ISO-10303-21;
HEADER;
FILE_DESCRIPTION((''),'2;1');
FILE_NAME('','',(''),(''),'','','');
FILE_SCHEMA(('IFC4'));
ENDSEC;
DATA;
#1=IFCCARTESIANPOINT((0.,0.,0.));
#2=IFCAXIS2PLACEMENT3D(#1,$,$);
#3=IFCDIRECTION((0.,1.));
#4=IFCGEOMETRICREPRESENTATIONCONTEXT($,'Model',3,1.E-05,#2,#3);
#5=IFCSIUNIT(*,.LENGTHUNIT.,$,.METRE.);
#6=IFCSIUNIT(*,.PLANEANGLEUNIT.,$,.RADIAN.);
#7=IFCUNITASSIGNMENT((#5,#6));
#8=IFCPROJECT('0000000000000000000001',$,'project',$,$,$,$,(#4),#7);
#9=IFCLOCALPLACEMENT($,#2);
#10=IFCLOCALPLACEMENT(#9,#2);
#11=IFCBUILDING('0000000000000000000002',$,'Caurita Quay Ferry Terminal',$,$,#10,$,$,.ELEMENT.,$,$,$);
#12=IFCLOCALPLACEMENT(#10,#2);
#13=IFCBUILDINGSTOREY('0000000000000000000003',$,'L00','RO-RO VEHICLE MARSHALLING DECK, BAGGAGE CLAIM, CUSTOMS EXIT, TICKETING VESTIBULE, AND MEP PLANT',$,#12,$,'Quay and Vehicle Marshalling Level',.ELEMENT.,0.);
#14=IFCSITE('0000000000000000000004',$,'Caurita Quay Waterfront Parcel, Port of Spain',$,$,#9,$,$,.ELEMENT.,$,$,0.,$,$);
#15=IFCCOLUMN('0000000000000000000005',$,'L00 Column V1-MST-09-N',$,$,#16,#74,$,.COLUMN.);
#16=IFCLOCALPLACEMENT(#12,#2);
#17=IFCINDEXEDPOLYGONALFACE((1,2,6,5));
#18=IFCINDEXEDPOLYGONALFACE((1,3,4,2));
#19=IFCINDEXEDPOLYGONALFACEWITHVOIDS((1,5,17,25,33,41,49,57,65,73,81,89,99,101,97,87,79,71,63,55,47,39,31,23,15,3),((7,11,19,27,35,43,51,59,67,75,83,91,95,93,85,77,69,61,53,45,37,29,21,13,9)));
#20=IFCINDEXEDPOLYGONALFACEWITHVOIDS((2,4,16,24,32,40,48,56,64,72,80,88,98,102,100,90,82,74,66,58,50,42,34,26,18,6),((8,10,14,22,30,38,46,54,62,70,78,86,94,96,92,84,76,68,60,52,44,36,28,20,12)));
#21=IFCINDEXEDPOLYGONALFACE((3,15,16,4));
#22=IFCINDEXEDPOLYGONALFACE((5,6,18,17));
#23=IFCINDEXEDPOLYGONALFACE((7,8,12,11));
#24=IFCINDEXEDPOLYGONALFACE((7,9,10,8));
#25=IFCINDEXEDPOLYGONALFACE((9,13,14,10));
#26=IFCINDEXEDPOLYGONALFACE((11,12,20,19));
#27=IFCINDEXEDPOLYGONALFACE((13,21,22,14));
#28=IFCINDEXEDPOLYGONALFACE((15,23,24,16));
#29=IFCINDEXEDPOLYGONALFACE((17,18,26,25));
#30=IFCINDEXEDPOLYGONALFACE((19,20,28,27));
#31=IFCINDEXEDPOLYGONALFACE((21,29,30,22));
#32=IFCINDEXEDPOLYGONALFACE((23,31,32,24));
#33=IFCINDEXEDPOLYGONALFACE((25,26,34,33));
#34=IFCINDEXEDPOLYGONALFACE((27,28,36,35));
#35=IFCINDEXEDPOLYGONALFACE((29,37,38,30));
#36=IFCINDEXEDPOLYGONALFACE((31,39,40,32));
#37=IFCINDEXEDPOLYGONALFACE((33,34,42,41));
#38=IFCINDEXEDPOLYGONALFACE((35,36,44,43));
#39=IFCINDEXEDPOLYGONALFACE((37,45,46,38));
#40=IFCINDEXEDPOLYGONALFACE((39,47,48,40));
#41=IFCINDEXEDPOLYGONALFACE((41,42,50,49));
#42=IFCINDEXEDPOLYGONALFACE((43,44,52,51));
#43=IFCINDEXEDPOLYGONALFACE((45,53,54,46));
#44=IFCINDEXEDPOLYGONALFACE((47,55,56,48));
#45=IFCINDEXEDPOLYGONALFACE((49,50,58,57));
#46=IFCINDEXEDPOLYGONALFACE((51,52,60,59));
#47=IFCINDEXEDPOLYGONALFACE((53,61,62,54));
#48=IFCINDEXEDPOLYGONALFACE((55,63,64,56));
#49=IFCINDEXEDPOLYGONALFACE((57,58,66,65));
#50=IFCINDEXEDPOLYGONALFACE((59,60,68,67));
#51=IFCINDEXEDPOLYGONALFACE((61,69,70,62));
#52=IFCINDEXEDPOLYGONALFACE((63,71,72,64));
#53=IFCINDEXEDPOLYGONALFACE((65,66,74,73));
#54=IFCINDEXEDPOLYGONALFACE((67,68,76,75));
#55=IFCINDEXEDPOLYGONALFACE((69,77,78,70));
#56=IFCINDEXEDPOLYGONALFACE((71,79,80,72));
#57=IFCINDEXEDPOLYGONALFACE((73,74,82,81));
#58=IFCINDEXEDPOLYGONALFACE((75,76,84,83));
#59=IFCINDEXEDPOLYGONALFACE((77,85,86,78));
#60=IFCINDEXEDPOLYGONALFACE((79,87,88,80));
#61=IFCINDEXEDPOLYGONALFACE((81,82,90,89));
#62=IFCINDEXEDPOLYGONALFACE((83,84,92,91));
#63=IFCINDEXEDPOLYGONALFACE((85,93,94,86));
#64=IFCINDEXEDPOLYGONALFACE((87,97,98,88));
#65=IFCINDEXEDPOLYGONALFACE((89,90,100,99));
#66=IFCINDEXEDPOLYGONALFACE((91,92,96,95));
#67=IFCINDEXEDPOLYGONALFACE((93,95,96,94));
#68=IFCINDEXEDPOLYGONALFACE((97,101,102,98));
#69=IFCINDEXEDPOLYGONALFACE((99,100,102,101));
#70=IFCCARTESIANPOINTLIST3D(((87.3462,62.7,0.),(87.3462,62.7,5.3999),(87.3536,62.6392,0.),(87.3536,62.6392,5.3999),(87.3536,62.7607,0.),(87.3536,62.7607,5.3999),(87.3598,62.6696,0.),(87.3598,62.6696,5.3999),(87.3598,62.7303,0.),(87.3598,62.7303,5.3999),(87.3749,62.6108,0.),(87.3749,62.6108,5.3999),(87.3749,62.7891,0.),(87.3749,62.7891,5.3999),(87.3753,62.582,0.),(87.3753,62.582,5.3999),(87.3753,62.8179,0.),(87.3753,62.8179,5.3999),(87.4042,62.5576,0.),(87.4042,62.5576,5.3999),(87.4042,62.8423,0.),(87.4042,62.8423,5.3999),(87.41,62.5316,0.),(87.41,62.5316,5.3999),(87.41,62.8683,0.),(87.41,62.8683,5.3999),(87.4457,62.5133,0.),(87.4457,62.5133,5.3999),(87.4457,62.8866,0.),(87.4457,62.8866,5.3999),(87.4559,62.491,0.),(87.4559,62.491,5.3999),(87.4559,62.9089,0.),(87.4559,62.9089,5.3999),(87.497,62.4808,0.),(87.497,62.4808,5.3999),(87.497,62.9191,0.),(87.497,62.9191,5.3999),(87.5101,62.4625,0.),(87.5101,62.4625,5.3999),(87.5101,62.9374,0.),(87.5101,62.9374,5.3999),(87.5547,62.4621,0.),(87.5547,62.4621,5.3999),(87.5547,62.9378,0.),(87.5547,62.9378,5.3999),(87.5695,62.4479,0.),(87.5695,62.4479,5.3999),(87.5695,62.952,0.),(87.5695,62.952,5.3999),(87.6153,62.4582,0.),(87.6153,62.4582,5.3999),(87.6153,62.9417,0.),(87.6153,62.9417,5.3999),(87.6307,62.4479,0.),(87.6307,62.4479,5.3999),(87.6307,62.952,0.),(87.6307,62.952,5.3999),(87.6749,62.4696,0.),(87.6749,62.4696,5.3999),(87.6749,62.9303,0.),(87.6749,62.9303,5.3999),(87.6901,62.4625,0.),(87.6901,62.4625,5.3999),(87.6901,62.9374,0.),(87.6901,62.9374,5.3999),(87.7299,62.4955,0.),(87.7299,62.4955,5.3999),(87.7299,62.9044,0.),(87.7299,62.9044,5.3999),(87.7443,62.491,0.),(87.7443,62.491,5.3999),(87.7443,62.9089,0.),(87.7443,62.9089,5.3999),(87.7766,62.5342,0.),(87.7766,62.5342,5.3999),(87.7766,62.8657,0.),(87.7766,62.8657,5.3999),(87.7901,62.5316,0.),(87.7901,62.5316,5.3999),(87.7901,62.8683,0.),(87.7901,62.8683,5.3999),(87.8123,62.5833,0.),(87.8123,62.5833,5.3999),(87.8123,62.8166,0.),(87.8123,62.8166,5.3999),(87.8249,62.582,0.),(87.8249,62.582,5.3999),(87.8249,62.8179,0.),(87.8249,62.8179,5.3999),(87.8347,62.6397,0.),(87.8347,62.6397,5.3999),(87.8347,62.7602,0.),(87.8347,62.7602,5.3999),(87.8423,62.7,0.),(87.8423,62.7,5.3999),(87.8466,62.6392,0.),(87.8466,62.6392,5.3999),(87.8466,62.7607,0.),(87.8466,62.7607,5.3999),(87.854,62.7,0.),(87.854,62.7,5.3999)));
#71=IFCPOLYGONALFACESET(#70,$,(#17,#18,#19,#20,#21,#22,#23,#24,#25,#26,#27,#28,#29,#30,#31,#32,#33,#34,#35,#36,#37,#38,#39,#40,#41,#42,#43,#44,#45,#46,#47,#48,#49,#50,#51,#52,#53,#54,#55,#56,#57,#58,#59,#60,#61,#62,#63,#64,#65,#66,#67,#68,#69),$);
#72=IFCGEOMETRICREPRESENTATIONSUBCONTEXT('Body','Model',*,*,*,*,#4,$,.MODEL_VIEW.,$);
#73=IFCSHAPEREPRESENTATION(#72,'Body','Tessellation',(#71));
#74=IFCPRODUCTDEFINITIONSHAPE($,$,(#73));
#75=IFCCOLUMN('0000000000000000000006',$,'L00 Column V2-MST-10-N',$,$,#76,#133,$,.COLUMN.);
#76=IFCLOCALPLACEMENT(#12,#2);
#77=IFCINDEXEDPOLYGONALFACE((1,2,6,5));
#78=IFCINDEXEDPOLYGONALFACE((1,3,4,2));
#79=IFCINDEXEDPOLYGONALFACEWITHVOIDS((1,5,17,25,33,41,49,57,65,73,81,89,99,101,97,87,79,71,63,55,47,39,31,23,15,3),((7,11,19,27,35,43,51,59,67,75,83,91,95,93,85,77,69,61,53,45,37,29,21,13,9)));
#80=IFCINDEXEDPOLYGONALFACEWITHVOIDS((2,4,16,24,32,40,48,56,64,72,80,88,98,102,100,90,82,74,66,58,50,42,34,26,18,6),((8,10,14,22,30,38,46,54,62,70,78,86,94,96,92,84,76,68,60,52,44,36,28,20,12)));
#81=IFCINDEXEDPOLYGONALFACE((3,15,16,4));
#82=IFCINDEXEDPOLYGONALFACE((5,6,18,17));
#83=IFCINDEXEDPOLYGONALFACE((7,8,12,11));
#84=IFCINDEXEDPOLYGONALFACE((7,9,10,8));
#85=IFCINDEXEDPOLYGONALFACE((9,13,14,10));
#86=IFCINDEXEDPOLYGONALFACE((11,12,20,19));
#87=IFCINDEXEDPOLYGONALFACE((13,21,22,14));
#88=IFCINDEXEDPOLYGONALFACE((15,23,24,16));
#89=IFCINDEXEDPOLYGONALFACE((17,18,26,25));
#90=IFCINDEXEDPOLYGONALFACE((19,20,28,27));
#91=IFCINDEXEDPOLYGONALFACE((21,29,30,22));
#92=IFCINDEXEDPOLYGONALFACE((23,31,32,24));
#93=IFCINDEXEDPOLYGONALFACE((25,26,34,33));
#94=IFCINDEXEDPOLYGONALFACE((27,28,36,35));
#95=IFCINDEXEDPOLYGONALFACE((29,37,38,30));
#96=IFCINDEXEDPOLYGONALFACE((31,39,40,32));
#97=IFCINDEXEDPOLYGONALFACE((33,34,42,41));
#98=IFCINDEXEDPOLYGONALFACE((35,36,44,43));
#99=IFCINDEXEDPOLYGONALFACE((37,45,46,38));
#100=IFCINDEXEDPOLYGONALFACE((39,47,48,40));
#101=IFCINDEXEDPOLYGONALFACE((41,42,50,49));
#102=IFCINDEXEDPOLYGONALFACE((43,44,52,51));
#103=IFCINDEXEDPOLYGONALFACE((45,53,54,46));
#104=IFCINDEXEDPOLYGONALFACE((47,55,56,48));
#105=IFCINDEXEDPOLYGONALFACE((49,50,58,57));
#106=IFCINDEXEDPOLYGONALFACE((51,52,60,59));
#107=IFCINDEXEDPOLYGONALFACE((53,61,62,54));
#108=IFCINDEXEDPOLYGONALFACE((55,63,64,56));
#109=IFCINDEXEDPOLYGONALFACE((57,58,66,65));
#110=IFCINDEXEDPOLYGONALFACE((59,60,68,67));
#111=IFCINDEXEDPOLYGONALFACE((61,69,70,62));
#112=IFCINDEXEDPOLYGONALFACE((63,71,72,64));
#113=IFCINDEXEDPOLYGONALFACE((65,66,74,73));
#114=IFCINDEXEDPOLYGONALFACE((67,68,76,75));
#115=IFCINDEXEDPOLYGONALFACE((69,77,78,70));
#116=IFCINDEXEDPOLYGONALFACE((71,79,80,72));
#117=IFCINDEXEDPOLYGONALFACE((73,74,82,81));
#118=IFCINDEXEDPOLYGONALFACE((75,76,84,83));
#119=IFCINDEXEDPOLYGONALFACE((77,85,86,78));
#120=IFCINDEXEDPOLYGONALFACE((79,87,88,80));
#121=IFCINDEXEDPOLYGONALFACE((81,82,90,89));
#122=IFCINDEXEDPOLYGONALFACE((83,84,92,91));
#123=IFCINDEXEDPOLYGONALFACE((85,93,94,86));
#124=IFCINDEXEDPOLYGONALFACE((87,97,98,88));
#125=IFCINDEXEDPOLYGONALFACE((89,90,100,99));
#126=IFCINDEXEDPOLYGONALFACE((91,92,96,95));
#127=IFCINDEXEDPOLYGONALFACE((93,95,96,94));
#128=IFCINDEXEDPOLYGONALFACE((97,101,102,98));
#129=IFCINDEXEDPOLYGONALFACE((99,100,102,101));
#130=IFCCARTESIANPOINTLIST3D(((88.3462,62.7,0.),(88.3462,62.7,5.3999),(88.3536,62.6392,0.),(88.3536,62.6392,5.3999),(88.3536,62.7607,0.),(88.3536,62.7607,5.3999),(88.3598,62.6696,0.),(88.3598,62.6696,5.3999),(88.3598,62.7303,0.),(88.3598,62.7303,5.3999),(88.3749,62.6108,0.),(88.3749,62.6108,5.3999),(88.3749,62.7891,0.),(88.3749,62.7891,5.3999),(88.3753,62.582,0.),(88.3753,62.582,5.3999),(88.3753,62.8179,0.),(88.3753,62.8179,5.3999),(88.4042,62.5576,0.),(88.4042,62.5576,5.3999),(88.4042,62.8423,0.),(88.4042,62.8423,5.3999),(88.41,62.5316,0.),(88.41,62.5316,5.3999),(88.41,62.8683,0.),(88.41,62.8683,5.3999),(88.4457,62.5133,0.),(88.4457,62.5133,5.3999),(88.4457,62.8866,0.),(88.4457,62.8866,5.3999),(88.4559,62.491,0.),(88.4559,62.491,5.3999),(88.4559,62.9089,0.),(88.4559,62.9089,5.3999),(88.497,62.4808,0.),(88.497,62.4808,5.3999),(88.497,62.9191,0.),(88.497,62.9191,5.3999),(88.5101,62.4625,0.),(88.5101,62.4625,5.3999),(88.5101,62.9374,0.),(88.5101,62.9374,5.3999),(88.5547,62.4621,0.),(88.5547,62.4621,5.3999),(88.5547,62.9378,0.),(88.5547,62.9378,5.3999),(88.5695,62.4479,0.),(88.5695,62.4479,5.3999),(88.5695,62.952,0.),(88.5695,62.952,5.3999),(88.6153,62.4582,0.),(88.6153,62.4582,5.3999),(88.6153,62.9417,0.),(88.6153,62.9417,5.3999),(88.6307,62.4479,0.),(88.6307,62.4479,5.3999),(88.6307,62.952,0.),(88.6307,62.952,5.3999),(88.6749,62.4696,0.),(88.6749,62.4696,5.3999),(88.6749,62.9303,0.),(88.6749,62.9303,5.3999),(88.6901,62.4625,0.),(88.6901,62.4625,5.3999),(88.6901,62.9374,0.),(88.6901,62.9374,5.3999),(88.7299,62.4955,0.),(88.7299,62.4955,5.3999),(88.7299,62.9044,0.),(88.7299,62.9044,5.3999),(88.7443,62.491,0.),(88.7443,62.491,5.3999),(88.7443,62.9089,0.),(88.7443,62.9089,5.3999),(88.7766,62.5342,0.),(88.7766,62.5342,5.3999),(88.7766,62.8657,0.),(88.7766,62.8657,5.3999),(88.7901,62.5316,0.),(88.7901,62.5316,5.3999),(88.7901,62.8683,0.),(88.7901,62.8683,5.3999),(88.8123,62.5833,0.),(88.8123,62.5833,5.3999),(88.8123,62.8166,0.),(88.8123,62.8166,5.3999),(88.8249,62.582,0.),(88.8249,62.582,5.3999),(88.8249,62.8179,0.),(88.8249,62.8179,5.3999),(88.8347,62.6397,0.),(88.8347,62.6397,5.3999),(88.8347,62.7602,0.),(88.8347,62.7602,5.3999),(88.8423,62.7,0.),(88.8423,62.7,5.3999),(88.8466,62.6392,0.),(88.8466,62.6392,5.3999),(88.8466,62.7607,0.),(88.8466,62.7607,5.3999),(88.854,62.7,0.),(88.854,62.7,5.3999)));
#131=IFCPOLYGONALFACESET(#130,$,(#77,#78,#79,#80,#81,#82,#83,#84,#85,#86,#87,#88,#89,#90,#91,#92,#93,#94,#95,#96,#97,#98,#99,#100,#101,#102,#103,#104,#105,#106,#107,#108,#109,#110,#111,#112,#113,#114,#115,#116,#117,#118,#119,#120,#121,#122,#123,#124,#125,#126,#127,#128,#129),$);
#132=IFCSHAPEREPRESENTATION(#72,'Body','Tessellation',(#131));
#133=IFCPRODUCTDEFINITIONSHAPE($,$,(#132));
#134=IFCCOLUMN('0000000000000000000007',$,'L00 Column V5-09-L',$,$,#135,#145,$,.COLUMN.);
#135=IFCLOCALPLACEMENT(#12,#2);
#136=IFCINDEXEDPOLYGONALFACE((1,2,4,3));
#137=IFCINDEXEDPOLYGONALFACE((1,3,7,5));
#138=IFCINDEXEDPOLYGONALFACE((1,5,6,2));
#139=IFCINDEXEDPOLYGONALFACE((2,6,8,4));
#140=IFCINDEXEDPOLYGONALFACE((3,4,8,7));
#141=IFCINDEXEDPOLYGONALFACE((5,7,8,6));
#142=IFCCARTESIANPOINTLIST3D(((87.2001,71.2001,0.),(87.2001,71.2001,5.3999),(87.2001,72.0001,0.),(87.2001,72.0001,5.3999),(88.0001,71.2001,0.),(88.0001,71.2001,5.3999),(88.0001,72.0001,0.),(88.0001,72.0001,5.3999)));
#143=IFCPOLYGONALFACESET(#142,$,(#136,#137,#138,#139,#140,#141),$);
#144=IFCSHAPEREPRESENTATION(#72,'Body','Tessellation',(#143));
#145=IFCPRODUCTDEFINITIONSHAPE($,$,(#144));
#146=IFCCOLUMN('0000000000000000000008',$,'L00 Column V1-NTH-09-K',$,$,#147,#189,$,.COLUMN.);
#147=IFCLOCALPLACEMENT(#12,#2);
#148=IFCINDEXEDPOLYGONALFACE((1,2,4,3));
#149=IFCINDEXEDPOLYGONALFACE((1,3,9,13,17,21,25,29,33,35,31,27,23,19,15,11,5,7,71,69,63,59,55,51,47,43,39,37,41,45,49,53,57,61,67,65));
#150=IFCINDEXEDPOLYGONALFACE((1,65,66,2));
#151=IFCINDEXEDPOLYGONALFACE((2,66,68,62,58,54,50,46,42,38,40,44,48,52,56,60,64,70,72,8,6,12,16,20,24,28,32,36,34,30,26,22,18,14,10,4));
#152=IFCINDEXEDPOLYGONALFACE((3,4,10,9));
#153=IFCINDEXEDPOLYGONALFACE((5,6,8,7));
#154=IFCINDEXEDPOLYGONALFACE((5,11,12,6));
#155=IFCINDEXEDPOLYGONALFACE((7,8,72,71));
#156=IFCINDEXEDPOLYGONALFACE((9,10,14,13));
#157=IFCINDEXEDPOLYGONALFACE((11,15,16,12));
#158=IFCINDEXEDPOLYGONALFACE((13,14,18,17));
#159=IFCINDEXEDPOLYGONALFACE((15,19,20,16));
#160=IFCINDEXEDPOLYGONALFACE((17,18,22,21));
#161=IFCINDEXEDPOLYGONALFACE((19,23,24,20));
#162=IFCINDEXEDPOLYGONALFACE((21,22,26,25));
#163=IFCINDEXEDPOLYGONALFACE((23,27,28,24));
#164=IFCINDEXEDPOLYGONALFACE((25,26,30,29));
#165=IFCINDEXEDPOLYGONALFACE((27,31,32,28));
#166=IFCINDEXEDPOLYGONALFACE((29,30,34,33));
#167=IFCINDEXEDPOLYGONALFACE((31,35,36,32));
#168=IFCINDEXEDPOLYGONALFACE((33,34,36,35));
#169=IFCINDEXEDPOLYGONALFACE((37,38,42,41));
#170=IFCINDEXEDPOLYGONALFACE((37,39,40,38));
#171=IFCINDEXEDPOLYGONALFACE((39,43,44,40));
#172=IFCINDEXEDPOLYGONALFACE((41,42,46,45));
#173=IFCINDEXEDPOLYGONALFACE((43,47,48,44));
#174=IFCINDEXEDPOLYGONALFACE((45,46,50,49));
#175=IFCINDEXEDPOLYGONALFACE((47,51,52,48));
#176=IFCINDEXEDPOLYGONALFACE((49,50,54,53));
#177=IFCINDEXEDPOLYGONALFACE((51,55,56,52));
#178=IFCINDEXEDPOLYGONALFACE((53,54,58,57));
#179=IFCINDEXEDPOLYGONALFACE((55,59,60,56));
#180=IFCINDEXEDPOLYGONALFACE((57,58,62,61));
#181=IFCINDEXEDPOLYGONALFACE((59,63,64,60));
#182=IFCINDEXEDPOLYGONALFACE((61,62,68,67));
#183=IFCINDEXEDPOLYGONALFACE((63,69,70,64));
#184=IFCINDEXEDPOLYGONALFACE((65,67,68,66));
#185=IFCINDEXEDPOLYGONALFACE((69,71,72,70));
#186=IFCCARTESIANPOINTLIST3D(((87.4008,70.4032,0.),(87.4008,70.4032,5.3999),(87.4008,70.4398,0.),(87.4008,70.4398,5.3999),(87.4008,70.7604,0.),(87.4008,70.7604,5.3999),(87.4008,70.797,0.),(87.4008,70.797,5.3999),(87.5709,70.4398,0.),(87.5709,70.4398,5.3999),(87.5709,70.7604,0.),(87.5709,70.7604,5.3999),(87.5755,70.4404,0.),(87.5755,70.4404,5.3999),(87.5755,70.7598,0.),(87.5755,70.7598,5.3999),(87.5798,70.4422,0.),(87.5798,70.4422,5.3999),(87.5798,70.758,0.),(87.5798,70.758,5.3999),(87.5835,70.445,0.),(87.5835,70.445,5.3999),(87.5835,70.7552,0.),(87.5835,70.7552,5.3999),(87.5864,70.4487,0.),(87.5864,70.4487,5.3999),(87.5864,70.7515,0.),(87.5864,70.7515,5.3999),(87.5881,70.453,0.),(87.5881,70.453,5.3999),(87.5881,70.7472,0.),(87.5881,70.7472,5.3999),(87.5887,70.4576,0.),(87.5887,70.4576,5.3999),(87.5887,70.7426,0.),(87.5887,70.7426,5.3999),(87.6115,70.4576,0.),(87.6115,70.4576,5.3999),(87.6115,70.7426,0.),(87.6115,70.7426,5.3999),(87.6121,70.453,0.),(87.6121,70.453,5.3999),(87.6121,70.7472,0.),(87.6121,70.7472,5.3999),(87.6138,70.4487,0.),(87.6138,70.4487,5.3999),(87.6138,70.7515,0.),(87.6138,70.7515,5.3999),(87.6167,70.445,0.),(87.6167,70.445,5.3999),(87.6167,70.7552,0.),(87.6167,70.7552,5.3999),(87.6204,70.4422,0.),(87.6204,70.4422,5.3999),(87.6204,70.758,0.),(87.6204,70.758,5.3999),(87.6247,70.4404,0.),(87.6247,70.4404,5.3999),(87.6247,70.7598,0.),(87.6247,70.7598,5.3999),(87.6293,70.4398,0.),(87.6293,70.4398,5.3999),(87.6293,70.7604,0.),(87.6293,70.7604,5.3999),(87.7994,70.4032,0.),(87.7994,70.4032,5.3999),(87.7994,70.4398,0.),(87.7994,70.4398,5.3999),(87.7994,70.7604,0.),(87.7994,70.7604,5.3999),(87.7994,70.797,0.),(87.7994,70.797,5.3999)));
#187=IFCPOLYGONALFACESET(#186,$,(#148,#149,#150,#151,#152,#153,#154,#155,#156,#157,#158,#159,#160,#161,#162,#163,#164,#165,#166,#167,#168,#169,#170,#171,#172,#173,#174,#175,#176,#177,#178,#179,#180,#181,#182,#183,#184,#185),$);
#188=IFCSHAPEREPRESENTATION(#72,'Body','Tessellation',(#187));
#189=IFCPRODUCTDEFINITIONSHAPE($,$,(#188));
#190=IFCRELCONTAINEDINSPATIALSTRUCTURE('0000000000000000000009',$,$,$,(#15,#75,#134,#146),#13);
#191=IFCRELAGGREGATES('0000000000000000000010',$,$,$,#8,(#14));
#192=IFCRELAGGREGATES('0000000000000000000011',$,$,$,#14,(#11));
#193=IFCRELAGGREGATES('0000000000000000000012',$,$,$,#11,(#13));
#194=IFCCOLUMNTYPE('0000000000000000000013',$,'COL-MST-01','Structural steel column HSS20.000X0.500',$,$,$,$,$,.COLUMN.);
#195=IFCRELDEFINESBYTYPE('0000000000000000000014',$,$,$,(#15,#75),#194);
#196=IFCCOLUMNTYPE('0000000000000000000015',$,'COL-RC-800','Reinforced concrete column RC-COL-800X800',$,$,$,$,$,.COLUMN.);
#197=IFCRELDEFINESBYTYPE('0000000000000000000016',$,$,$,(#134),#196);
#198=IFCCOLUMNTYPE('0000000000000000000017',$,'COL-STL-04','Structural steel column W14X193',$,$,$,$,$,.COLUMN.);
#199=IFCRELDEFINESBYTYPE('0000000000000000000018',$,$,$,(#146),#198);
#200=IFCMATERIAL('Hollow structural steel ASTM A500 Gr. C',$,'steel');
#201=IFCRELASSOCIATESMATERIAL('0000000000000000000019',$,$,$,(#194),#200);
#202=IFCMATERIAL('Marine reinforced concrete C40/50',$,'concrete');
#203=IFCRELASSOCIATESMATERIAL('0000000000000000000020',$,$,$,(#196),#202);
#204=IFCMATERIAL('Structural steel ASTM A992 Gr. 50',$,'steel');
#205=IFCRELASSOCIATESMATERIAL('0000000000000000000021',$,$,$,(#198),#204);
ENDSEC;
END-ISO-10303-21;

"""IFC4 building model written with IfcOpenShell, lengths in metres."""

from ifc_helpers import new_model, si_unit, direction, frame, origin, origin_2d, place, context, subcontext, project, spatial, rectangle, hollow_circle, i_section, extrude, material, material_profile, profile_set, type_object, element, save


model = new_model("IFC4")

# Units and contexts
model_context = context("Model", 3, precision=1e-05, world=origin(), true_north=direction((0.0, 1.0)))
body_context = subcontext(model_context, "Body", "Model", "MODEL_VIEW")
ifc_project = project(units=[si_unit("LENGTHUNIT", "METRE"), si_unit("PLANEANGLEUNIT", "RADIAN")], contexts=[model_context])

# Site, building, storey
site_placement = place(None, origin())
site = spatial("IfcSite", under=ifc_project, at=site_placement, Name="Caurita Quay Waterfront Parcel, Port of Spain", CompositionType="ELEMENT", RefElevation=0.0)
building_placement = place(site_placement, origin())
building = spatial("IfcBuilding", under=site, at=building_placement, Name="Caurita Quay Ferry Terminal", CompositionType="ELEMENT")
storey_placement = place(building_placement, origin())
storey = spatial("IfcBuildingStorey", under=building, at=storey_placement, Name="L00", Description="RO-RO VEHICLE MARSHALLING DECK, BAGGAGE CLAIM, CUSTOMS EXIT, TICKETING VESTIBULE, AND MEP PLANT", LongName="Quay and Vehicle Marshalling Level", CompositionType="ELEMENT", Elevation=0.0)

# Shared definitions
ifc_material_1 = material(Name="Marine reinforced concrete C40/50", Category="concrete")

# Columns
ifc_material_2 = material(Name="Hollow structural steel ASTM A500 Gr. C", Category="steel")
ifc_material_profile_1 = material_profile(ifc_material_2, hollow_circle(Radius=0.2539, WallThickness=0.0117, at=origin_2d()), Name="HSS20.000X0.500")
ifc_profile_set_1 = profile_set([ifc_material_profile_1], Name="Hollow structural steel ASTM A500 Gr. C")
column_type_1 = type_object("IfcColumnType", Name="COL-MST-01", Description="Structural steel column HSS20.000X0.500", PredefinedType="COLUMN", material=ifc_profile_set_1)
for number, where, z_axis, x_axis, name in (
    (1, (87.6001, 62.7, 0.0), (0.0, 0.0, 1.0), (1.0, 0.0, 0.0), "L00 Column V1-MST-09-N"),
    (2, (88.6001, 62.7, 0.0), (0.0, 0.0, 1.0), (1.0, 0.0, 0.0), "L00 Column V2-MST-10-N"),
):
    element("IfcColumn", number, at=place(storey_placement, frame(where, z_axis=z_axis, x_axis=x_axis)), inside=storey, type_object=column_type_1, Name=name, PredefinedType="COLUMN", context=body_context, shape_type="SweptSolid", body=[
        extrude(hollow_circle(Radius=0.2539, WallThickness=0.0117, at=origin_2d()), origin(), (0.0, 0.0, 1.0), 5.3999),
    ])
ifc_material_profile_2 = material_profile(ifc_material_1, rectangle(XDim=0.8, YDim=0.8, at=origin_2d()), Name="RC-COL-800X800")
ifc_profile_set_2 = profile_set([ifc_material_profile_2], Name="Marine reinforced concrete C40/50")
column_type_2 = type_object("IfcColumnType", Name="COL-RC-800", Description="Reinforced concrete column RC-COL-800X800", PredefinedType="COLUMN", material=ifc_profile_set_2)
column_1_placement = place(storey_placement, frame((87.6001, 71.6001, 0.0), z_axis=(0.0, 0.0, 1.0), x_axis=(1.0, 0.0, 0.0)))
element("IfcColumn", 3, at=column_1_placement, inside=storey, type_object=column_type_2, Name="L00 Column V5-09-L", PredefinedType="COLUMN", context=body_context, shape_type="SweptSolid", body=[
    extrude(rectangle(XDim=0.8, YDim=0.8, at=origin_2d()), origin(), (0.0, 0.0, 1.0), 5.3999),
])
ifc_material_3 = material(Name="Structural steel ASTM A992 Gr. 50", Category="steel")
ifc_material_profile_3 = material_profile(ifc_material_3, i_section(OverallWidth=0.3987, OverallDepth=0.3938, WebThickness=0.0227, FlangeThickness=0.0366, FilletRadius=0.0178, at=origin_2d()), Name="W14X193")
ifc_profile_set_3 = profile_set([ifc_material_profile_3], Name="Structural steel ASTM A992 Gr. 50")
column_type_3 = type_object("IfcColumnType", Name="COL-STL-04", Description="Structural steel column W14X193", PredefinedType="COLUMN", material=ifc_profile_set_3)
column_2_placement = place(storey_placement, frame((87.6001, 70.6001, 0.0), z_axis=(0.0, 0.0, 1.0), x_axis=(1.0, 0.0, 0.0)))
element("IfcColumn", 4, at=column_2_placement, inside=storey, type_object=column_type_3, Name="L00 Column V1-NTH-09-K", PredefinedType="COLUMN", context=body_context, shape_type="SweptSolid", body=[
    extrude(i_section(OverallWidth=0.3987, OverallDepth=0.3938, WebThickness=0.0227, FlangeThickness=0.0366, FilletRadius=0.0178, at=origin_2d()), origin(), (0.0, 0.0, 1.0), 5.3999),
])

save(model, "model.ifc")
